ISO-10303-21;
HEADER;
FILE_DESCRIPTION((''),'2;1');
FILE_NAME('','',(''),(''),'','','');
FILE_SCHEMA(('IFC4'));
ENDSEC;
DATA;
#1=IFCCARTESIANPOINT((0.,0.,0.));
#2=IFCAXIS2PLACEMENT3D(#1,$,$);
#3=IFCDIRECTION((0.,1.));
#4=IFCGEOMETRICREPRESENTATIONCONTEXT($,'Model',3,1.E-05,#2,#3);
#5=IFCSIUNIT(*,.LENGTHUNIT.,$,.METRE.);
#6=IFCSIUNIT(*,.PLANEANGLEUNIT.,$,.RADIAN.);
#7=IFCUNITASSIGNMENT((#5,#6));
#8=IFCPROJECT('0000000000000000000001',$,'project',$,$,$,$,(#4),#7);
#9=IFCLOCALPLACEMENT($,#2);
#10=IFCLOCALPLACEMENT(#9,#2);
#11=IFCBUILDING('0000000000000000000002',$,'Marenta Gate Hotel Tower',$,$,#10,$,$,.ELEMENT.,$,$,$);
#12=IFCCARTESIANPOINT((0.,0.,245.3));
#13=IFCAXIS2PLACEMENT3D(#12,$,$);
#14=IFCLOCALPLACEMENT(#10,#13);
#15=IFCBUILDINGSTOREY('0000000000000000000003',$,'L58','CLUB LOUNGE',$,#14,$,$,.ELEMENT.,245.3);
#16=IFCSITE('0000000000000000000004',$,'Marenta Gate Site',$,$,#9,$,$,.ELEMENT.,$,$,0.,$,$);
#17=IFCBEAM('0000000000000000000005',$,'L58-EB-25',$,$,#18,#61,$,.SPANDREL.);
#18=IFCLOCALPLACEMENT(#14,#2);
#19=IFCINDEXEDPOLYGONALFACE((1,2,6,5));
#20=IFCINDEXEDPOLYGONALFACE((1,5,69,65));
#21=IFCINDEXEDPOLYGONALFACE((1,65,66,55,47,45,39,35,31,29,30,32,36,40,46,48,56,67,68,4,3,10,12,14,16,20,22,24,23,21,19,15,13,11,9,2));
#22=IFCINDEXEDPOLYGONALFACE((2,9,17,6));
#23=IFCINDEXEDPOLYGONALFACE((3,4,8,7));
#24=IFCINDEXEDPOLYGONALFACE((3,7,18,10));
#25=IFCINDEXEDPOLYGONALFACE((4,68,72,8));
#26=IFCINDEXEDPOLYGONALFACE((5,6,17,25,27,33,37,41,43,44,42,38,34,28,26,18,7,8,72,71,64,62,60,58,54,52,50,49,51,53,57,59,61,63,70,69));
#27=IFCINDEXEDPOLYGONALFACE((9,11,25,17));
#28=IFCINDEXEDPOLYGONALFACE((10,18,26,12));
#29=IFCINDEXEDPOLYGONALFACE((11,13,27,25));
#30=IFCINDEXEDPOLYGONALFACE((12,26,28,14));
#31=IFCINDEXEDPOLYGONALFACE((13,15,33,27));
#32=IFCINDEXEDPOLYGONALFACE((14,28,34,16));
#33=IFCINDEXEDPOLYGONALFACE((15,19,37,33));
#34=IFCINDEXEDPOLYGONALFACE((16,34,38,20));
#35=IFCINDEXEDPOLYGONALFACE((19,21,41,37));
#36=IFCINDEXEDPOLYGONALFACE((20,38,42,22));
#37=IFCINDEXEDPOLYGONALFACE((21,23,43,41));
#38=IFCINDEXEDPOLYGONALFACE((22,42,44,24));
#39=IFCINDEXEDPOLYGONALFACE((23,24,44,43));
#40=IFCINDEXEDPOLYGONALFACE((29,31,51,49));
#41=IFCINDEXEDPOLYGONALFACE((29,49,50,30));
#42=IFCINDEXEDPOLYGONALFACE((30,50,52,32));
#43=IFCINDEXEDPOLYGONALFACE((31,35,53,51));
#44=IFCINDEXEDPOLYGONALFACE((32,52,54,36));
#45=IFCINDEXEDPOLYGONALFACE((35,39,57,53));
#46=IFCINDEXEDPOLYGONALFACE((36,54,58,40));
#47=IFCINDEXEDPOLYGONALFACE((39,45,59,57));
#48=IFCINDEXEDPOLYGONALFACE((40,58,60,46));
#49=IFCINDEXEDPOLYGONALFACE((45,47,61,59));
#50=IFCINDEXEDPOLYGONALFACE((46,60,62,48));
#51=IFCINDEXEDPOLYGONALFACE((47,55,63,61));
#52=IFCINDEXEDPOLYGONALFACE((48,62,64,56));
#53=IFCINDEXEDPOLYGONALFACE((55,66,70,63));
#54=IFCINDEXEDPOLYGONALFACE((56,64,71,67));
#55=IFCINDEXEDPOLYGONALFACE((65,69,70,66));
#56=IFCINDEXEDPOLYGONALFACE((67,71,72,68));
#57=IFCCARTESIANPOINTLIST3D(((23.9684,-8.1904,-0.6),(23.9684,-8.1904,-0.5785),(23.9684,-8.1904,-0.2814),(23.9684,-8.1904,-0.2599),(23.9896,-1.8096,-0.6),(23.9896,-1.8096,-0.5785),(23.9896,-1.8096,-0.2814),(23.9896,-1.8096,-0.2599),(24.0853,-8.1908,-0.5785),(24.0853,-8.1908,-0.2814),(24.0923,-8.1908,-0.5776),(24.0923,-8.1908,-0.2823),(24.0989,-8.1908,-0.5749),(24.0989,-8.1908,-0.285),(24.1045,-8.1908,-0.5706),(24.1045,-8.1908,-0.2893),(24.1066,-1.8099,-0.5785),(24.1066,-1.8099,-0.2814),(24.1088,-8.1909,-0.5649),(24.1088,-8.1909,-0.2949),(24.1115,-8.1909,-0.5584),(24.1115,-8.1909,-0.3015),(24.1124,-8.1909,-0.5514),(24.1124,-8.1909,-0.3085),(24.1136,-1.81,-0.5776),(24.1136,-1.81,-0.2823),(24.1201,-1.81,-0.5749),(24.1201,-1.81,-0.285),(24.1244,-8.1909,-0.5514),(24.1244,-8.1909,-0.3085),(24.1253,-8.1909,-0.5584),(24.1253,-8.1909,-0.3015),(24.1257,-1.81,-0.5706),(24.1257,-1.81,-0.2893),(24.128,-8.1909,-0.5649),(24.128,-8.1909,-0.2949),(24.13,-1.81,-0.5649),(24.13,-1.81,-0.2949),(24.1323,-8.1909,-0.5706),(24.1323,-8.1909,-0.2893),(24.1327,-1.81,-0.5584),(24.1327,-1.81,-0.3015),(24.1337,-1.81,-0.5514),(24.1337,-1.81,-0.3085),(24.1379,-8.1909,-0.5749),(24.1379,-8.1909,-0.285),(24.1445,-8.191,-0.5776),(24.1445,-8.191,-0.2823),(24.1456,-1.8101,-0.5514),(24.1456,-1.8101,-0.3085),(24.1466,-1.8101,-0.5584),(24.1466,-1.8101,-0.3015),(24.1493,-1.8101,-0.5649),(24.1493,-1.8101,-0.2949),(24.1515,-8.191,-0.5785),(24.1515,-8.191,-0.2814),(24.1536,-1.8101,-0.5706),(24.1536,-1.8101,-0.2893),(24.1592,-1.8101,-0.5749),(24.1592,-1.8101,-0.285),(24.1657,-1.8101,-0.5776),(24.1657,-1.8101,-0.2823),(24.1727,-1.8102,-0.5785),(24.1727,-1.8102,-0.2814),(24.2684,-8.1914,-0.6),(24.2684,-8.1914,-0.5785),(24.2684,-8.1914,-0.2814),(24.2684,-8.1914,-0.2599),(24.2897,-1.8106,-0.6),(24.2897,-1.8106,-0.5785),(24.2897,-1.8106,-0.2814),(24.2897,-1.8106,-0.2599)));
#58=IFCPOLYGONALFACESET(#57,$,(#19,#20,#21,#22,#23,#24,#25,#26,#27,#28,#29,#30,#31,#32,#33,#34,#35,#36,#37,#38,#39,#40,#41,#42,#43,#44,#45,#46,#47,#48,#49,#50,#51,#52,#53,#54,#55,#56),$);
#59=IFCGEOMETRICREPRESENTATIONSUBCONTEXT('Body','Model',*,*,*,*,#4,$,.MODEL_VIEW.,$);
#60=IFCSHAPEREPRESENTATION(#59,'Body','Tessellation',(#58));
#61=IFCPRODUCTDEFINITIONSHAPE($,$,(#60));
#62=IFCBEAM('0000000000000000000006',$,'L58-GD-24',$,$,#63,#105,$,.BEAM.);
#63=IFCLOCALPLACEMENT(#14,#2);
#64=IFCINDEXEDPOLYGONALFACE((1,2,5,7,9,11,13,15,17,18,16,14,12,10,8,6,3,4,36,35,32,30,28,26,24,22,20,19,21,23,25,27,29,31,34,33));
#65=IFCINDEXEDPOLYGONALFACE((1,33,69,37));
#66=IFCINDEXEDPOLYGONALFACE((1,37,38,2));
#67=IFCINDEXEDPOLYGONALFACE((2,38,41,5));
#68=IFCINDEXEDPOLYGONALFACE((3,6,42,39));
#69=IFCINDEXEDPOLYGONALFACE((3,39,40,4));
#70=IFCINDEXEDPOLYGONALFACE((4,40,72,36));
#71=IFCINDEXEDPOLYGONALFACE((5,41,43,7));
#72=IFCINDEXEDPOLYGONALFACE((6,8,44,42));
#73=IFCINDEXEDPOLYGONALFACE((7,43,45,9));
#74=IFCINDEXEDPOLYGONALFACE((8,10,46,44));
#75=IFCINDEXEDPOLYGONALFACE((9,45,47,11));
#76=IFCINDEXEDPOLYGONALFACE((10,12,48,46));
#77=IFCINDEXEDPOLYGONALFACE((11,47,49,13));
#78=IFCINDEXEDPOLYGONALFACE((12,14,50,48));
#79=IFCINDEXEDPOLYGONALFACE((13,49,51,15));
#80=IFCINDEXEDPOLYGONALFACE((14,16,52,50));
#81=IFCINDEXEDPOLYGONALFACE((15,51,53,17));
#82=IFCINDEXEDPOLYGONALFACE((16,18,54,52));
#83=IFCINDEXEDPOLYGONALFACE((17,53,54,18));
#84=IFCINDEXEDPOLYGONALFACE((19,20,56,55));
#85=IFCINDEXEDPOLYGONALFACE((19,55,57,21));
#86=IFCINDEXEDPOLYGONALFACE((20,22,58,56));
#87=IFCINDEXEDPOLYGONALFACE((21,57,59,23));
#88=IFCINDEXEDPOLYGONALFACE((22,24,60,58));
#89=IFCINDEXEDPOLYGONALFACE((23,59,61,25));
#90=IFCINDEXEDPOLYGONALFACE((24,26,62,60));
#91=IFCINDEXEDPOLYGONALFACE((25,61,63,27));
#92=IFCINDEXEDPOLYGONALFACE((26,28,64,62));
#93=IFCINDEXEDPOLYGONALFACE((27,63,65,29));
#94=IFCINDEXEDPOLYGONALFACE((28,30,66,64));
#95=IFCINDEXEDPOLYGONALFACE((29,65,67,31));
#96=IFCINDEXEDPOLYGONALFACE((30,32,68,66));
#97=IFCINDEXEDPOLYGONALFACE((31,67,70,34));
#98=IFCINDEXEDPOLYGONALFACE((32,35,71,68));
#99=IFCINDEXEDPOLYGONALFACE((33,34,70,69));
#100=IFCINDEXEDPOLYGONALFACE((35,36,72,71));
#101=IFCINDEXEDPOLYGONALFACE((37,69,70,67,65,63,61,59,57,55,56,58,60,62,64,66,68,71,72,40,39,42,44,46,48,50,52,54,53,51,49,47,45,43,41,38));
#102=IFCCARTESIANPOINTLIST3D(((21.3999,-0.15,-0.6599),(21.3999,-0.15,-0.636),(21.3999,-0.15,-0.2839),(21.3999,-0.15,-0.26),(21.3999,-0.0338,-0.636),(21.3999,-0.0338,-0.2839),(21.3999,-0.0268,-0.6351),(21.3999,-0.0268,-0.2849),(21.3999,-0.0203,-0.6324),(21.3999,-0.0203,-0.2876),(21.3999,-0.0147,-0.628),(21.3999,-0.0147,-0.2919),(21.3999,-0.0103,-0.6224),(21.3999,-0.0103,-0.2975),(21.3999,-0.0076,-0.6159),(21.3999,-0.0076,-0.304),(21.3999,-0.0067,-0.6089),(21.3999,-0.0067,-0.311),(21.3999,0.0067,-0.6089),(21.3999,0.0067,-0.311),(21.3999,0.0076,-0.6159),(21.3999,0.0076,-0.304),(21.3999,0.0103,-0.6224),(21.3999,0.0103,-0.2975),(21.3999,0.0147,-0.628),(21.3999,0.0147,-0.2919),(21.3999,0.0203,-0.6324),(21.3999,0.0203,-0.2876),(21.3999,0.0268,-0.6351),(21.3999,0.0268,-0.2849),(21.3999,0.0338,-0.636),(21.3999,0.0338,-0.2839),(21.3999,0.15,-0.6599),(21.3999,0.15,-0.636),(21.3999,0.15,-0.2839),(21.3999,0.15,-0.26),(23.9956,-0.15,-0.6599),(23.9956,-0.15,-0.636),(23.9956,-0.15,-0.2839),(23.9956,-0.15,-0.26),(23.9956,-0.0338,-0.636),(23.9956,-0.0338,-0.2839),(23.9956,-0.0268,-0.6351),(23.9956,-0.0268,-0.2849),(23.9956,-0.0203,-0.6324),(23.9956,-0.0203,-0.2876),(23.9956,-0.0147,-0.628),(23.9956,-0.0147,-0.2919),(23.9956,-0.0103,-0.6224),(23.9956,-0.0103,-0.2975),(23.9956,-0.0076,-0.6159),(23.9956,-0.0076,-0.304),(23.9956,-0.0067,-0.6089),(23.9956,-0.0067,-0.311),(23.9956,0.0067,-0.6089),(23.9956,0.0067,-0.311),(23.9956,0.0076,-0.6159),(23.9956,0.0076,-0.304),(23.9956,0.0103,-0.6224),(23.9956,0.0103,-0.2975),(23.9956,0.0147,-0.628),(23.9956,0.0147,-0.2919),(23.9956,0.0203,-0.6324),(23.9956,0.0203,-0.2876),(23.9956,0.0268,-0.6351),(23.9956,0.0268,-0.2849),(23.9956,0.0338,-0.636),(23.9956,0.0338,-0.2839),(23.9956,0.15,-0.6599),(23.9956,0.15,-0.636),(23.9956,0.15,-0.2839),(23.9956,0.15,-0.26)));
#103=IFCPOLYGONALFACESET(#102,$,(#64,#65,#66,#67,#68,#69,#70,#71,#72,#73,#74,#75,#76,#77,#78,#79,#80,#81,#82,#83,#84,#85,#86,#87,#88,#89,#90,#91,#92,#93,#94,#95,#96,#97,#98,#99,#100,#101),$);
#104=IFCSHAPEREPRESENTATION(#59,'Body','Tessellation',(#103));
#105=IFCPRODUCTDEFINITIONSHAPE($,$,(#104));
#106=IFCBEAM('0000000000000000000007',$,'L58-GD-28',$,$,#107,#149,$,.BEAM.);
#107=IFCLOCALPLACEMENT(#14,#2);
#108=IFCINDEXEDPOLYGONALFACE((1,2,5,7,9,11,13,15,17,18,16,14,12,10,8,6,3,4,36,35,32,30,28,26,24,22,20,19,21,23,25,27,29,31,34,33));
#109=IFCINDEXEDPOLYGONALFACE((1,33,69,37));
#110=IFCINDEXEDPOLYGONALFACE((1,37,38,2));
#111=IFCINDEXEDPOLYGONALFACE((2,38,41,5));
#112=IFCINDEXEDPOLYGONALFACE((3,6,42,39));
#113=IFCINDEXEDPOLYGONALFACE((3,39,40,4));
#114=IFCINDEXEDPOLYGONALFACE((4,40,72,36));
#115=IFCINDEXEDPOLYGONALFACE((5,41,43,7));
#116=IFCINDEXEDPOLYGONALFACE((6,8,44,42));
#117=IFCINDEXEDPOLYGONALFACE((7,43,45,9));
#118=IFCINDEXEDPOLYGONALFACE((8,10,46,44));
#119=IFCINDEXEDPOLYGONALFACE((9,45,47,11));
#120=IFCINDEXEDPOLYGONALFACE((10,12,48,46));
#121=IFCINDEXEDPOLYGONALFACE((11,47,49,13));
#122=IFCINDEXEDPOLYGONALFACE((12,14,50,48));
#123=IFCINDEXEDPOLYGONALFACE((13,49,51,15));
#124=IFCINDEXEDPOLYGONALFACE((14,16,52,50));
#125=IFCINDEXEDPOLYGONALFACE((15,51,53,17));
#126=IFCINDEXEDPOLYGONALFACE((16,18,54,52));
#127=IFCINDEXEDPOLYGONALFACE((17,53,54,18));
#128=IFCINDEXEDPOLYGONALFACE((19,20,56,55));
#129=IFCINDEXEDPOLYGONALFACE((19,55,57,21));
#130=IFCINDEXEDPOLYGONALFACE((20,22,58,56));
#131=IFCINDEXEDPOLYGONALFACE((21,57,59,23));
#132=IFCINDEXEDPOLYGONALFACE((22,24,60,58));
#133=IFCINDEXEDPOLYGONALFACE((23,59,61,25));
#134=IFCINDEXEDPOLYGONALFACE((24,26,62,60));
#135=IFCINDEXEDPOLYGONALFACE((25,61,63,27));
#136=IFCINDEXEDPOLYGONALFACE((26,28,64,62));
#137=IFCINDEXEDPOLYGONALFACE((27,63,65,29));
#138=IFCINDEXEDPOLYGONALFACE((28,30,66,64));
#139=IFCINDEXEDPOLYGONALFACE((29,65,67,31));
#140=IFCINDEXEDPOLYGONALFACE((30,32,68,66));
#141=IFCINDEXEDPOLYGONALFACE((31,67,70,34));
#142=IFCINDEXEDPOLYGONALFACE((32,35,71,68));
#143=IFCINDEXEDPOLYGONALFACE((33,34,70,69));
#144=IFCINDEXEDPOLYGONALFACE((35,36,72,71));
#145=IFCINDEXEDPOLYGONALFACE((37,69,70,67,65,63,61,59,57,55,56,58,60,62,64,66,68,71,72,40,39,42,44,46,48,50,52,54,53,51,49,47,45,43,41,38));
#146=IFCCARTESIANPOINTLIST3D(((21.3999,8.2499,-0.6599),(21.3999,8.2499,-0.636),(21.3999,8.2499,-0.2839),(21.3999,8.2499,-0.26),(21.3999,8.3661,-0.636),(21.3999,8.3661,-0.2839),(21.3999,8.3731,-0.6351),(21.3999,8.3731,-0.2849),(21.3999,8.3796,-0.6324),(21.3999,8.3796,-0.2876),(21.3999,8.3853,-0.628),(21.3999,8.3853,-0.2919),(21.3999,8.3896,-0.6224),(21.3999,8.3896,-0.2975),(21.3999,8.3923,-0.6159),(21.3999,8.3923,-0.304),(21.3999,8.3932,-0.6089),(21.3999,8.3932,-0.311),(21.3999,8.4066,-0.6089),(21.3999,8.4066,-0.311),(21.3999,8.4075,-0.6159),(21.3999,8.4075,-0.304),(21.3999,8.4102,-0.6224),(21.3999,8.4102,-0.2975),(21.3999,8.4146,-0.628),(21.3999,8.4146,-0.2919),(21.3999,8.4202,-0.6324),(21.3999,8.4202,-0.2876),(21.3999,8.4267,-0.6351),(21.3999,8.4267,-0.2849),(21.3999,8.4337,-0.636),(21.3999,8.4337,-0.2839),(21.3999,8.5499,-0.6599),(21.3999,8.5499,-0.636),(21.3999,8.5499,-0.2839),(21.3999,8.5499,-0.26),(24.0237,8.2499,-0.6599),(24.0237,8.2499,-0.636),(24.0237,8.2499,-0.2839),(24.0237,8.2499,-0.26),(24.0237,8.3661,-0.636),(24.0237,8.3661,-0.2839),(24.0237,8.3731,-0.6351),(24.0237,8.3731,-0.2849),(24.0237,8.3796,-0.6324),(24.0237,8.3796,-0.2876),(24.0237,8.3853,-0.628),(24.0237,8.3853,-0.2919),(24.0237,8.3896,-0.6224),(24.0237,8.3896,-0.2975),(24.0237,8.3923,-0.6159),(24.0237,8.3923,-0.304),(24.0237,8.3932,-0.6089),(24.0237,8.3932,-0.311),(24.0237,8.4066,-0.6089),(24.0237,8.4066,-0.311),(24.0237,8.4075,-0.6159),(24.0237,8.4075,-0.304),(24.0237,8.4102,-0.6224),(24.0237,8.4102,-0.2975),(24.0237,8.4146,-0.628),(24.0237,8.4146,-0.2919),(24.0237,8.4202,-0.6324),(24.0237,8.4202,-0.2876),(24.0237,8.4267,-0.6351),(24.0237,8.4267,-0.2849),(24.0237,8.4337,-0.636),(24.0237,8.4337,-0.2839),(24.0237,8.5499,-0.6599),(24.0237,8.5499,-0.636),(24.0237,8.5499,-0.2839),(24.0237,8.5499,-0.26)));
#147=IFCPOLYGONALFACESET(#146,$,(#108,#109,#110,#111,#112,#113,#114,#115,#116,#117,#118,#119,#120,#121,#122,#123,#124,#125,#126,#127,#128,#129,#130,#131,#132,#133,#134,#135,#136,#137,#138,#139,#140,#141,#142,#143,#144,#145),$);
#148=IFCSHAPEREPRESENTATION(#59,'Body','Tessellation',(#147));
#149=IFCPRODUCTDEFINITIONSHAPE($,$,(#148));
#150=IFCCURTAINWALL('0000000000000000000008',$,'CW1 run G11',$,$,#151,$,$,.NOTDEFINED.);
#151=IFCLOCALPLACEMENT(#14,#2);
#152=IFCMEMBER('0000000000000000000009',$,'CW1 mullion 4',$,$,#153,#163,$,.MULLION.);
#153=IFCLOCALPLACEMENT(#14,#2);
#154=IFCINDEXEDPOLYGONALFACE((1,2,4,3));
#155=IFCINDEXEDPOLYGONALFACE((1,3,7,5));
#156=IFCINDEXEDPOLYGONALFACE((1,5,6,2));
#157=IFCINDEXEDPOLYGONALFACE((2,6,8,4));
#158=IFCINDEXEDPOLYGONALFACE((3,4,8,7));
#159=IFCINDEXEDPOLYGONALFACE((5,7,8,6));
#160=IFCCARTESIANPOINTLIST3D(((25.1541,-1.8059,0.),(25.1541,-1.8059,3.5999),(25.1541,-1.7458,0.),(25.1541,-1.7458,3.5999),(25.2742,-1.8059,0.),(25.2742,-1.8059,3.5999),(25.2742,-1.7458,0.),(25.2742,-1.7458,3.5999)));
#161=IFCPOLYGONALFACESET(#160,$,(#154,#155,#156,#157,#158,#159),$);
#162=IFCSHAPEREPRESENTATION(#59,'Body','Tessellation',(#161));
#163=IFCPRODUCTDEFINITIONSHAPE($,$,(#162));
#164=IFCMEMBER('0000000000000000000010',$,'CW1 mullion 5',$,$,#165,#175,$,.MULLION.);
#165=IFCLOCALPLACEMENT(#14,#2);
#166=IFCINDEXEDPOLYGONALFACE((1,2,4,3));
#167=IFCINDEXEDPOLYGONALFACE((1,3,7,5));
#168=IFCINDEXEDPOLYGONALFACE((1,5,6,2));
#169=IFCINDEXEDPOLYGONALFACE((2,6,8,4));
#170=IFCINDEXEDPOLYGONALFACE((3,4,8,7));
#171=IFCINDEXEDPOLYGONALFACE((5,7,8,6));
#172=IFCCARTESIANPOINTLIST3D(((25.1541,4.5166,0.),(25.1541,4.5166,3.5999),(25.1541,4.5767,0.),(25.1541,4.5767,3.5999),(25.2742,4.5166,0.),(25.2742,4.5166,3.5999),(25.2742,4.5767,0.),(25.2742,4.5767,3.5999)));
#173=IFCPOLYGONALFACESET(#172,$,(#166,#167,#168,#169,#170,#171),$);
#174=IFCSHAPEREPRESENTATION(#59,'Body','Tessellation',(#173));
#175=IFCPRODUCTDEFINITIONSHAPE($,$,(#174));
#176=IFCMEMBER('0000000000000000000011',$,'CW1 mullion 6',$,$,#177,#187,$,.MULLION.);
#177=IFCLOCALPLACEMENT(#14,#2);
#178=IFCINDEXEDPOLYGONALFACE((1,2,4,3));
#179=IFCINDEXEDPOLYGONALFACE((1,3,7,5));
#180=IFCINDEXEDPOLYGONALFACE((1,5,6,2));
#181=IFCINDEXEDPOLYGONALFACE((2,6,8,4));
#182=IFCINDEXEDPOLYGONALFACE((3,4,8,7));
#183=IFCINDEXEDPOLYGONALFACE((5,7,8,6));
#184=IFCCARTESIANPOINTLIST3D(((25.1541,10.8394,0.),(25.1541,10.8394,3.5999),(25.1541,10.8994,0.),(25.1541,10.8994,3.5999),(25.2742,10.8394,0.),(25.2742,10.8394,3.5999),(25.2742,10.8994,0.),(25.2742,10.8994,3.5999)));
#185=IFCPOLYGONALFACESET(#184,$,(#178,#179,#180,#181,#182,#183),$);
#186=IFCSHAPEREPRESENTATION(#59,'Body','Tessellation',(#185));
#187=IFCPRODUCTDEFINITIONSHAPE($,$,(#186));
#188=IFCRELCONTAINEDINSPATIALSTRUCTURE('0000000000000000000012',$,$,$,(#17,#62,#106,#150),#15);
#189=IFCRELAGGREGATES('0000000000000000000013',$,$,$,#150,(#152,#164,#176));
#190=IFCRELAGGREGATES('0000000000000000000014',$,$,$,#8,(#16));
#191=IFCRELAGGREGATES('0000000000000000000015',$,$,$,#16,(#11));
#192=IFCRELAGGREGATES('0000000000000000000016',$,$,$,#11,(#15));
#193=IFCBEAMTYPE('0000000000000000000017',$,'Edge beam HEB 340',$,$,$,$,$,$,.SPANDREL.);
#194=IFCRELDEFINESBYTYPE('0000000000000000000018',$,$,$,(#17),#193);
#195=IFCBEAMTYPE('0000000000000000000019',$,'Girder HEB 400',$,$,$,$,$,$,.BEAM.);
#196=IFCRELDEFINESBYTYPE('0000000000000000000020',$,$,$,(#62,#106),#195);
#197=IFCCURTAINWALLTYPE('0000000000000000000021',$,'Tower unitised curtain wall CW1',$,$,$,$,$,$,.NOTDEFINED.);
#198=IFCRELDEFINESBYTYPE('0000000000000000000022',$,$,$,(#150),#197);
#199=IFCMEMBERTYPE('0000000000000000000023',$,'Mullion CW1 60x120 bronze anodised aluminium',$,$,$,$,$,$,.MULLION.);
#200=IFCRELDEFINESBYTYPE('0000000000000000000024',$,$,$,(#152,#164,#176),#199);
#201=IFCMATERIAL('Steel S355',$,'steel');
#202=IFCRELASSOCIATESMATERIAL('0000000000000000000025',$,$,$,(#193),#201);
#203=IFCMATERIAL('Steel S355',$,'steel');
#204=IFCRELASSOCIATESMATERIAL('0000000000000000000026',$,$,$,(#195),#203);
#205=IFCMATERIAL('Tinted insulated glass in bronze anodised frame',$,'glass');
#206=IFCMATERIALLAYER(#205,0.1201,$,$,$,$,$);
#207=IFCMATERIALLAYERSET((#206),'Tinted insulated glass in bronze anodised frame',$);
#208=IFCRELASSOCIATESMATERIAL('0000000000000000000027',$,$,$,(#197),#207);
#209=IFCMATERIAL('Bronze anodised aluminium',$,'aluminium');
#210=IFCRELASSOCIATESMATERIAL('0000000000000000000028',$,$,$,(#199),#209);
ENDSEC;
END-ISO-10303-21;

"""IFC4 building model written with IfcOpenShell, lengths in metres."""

from ifc_helpers import new_model, si_unit, direction, frame, origin, origin_2d, place, context, subcontext, project, spatial, rectangle, i_section, extrude, material, layer, layer_set, material_profile, profile_set, type_object, element, aggregate, save


model = new_model("IFC4")

# Units and contexts
model_context = context("Model", 3, precision=1e-05, world=origin(), true_north=direction((0.0, 1.0)))
body_context = subcontext(model_context, "Body", "Model", "MODEL_VIEW")
ifc_project = project(units=[si_unit("LENGTHUNIT", "METRE"), si_unit("PLANEANGLEUNIT", "RADIAN")], contexts=[model_context])

# Site, building, storey
site_placement = place(None, origin())
site = spatial("IfcSite", under=ifc_project, at=site_placement, Name="Marenta Gate Site", CompositionType="ELEMENT", RefElevation=0.0)
building_placement = place(site_placement, origin())
building = spatial("IfcBuilding", under=site, at=building_placement, Name="Marenta Gate Hotel Tower", CompositionType="ELEMENT")
storey_placement = place(building_placement, frame((0.0, 0.0, 245.3)))
storey = spatial("IfcBuildingStorey", under=building, at=storey_placement, Name="L58", Description="CLUB LOUNGE", CompositionType="ELEMENT", Elevation=245.3)

# Beams
ifc_material_1 = material(Name="Steel S355", Category="steel")
ifc_material_profile_1 = material_profile(ifc_material_1, i_section(OverallWidth=0.3, OverallDepth=0.3401, WebThickness=0.012, FlangeThickness=0.0215, FilletRadius=0.0271, at=origin_2d()), Name="HEB 340")
ifc_profile_set_1 = profile_set([ifc_material_profile_1], Name="Steel S355")
beam_type_1 = type_object("IfcBeamType", Name="Edge beam HEB 340", PredefinedType="SPANDREL", material=ifc_profile_set_1)
beam_1_placement = place(storey_placement, frame((24.1396, -1.8101, -0.4299), z_axis=(-0.003329, -0.999994, 0.0), x_axis=(0.999994, -0.003329, 0.0)))
element("IfcBeam", 1, at=beam_1_placement, inside=storey, type_object=beam_type_1, Name="L58-EB-25", PredefinedType="SPANDREL", context=body_context, shape_type="SweptSolid", body=[
    extrude(i_section(OverallWidth=0.3, OverallDepth=0.3401, WebThickness=0.012, FlangeThickness=0.0215, FilletRadius=0.0271, at=origin_2d()), origin(), (0.0, 0.0, 1.0), 6.3809),
])
ifc_material_2 = material(Name="Steel S355", Category="steel")
ifc_material_profile_2 = material_profile(ifc_material_2, i_section(OverallWidth=0.3, OverallDepth=0.3999, WebThickness=0.0134, FlangeThickness=0.0239, FilletRadius=0.0271, at=origin_2d()), Name="HEB 400")
ifc_profile_set_2 = profile_set([ifc_material_profile_2], Name="Steel S355")
beam_type_2 = type_object("IfcBeamType", Name="Girder HEB 400", PredefinedType="BEAM", material=ifc_profile_set_2)
beam_2_placement = place(storey_placement, frame((21.3999, 0.0, -0.46), z_axis=(1.0, 0.0, 0.0), x_axis=(0.0, 1.0, 0.0)))
element("IfcBeam", 2, at=beam_2_placement, inside=storey, type_object=beam_type_2, Name="L58-GD-24", PredefinedType="BEAM", context=body_context, shape_type="SweptSolid", body=[
    extrude(i_section(OverallWidth=0.3, OverallDepth=0.3999, WebThickness=0.0134, FlangeThickness=0.0239, FilletRadius=0.0271, at=origin_2d()), origin(), (0.0, 0.0, 1.0), 2.5957),
])
beam_3_placement = place(storey_placement, frame((21.3999, 8.3999, -0.46), z_axis=(1.0, 0.0, 0.0), x_axis=(0.0, 1.0, 0.0)))
element("IfcBeam", 3, at=beam_3_placement, inside=storey, type_object=beam_type_2, Name="L58-GD-28", PredefinedType="BEAM", context=body_context, shape_type="SweptSolid", body=[
    extrude(i_section(OverallWidth=0.3, OverallDepth=0.3999, WebThickness=0.0134, FlangeThickness=0.0239, FilletRadius=0.0271, at=origin_2d()), origin(), (0.0, 0.0, 1.0), 2.6238),
])

# Curtain wall, members
ifc_material_3 = material(Name="Tinted insulated glass in bronze anodised frame", Category="glass")
ifc_layer_1 = layer(ifc_material_3, 0.1201)
ifc_layer_set_1 = layer_set([ifc_layer_1], Name="Tinted insulated glass in bronze anodised frame")
curtain_wall_type = type_object("IfcCurtainWallType", Name="Tower unitised curtain wall CW1", PredefinedType="NOTDEFINED", material=ifc_layer_set_1)
curtain_wall_placement = place(storey_placement, origin())
curtain_wall = element("IfcCurtainWall", 4, at=curtain_wall_placement, inside=storey, type_object=curtain_wall_type, Name="CW1 run G11", PredefinedType="NOTDEFINED")
ifc_material_4 = material(Name="Bronze anodised aluminium", Category="aluminium")
ifc_material_profile_3 = material_profile(ifc_material_4, rectangle(XDim=0.1201, YDim=0.0601, at=origin_2d()), Name="Mullion CW1 60x120 bronze anodised aluminium")
ifc_profile_set_3 = profile_set([ifc_material_profile_3], Name="Bronze anodised aluminium")
member_type_1 = type_object("IfcMemberType", Name="Mullion CW1 60x120 bronze anodised aluminium", PredefinedType="MULLION", material=ifc_profile_set_3)
member_1_placement = place(storey_placement, frame((25.2141, -1.7759, 0.0), z_axis=(0.0, 0.0, 1.0), x_axis=(-1.0, 0.0, 0.0)))
member_1 = element("IfcMember", 5, at=member_1_placement, type_object=member_type_1, Name="CW1 mullion 4", PredefinedType="MULLION", context=body_context, shape_type="SweptSolid", body=[
    extrude(rectangle(XDim=0.1201, YDim=0.0601, at=origin_2d()), origin(), (0.0, 0.0, 1.0), 3.5999),
])
member_2_placement = place(storey_placement, frame((25.2141, 4.5466, 0.0), z_axis=(0.0, 0.0, 1.0), x_axis=(-1.0, 0.0, 0.0)))
member_2 = element("IfcMember", 6, at=member_2_placement, type_object=member_type_1, Name="CW1 mullion 5", PredefinedType="MULLION", context=body_context, shape_type="SweptSolid", body=[
    extrude(rectangle(XDim=0.1201, YDim=0.0601, at=origin_2d()), origin(), (0.0, 0.0, 1.0), 3.5999),
])
member_3_placement = place(storey_placement, frame((25.2141, 10.8694, 0.0), z_axis=(0.0, 0.0, 1.0), x_axis=(-1.0, 0.0, 0.0)))
member_3 = element("IfcMember", 7, at=member_3_placement, type_object=member_type_1, Name="CW1 mullion 6", PredefinedType="MULLION", context=body_context, shape_type="SweptSolid", body=[
    extrude(rectangle(XDim=0.1201, YDim=0.0601, at=origin_2d()), origin(), (0.0, 0.0, 1.0), 3.5999),
])
aggregate(curtain_wall, [member_1, member_2, member_3])

save(model, "model.ifc")
